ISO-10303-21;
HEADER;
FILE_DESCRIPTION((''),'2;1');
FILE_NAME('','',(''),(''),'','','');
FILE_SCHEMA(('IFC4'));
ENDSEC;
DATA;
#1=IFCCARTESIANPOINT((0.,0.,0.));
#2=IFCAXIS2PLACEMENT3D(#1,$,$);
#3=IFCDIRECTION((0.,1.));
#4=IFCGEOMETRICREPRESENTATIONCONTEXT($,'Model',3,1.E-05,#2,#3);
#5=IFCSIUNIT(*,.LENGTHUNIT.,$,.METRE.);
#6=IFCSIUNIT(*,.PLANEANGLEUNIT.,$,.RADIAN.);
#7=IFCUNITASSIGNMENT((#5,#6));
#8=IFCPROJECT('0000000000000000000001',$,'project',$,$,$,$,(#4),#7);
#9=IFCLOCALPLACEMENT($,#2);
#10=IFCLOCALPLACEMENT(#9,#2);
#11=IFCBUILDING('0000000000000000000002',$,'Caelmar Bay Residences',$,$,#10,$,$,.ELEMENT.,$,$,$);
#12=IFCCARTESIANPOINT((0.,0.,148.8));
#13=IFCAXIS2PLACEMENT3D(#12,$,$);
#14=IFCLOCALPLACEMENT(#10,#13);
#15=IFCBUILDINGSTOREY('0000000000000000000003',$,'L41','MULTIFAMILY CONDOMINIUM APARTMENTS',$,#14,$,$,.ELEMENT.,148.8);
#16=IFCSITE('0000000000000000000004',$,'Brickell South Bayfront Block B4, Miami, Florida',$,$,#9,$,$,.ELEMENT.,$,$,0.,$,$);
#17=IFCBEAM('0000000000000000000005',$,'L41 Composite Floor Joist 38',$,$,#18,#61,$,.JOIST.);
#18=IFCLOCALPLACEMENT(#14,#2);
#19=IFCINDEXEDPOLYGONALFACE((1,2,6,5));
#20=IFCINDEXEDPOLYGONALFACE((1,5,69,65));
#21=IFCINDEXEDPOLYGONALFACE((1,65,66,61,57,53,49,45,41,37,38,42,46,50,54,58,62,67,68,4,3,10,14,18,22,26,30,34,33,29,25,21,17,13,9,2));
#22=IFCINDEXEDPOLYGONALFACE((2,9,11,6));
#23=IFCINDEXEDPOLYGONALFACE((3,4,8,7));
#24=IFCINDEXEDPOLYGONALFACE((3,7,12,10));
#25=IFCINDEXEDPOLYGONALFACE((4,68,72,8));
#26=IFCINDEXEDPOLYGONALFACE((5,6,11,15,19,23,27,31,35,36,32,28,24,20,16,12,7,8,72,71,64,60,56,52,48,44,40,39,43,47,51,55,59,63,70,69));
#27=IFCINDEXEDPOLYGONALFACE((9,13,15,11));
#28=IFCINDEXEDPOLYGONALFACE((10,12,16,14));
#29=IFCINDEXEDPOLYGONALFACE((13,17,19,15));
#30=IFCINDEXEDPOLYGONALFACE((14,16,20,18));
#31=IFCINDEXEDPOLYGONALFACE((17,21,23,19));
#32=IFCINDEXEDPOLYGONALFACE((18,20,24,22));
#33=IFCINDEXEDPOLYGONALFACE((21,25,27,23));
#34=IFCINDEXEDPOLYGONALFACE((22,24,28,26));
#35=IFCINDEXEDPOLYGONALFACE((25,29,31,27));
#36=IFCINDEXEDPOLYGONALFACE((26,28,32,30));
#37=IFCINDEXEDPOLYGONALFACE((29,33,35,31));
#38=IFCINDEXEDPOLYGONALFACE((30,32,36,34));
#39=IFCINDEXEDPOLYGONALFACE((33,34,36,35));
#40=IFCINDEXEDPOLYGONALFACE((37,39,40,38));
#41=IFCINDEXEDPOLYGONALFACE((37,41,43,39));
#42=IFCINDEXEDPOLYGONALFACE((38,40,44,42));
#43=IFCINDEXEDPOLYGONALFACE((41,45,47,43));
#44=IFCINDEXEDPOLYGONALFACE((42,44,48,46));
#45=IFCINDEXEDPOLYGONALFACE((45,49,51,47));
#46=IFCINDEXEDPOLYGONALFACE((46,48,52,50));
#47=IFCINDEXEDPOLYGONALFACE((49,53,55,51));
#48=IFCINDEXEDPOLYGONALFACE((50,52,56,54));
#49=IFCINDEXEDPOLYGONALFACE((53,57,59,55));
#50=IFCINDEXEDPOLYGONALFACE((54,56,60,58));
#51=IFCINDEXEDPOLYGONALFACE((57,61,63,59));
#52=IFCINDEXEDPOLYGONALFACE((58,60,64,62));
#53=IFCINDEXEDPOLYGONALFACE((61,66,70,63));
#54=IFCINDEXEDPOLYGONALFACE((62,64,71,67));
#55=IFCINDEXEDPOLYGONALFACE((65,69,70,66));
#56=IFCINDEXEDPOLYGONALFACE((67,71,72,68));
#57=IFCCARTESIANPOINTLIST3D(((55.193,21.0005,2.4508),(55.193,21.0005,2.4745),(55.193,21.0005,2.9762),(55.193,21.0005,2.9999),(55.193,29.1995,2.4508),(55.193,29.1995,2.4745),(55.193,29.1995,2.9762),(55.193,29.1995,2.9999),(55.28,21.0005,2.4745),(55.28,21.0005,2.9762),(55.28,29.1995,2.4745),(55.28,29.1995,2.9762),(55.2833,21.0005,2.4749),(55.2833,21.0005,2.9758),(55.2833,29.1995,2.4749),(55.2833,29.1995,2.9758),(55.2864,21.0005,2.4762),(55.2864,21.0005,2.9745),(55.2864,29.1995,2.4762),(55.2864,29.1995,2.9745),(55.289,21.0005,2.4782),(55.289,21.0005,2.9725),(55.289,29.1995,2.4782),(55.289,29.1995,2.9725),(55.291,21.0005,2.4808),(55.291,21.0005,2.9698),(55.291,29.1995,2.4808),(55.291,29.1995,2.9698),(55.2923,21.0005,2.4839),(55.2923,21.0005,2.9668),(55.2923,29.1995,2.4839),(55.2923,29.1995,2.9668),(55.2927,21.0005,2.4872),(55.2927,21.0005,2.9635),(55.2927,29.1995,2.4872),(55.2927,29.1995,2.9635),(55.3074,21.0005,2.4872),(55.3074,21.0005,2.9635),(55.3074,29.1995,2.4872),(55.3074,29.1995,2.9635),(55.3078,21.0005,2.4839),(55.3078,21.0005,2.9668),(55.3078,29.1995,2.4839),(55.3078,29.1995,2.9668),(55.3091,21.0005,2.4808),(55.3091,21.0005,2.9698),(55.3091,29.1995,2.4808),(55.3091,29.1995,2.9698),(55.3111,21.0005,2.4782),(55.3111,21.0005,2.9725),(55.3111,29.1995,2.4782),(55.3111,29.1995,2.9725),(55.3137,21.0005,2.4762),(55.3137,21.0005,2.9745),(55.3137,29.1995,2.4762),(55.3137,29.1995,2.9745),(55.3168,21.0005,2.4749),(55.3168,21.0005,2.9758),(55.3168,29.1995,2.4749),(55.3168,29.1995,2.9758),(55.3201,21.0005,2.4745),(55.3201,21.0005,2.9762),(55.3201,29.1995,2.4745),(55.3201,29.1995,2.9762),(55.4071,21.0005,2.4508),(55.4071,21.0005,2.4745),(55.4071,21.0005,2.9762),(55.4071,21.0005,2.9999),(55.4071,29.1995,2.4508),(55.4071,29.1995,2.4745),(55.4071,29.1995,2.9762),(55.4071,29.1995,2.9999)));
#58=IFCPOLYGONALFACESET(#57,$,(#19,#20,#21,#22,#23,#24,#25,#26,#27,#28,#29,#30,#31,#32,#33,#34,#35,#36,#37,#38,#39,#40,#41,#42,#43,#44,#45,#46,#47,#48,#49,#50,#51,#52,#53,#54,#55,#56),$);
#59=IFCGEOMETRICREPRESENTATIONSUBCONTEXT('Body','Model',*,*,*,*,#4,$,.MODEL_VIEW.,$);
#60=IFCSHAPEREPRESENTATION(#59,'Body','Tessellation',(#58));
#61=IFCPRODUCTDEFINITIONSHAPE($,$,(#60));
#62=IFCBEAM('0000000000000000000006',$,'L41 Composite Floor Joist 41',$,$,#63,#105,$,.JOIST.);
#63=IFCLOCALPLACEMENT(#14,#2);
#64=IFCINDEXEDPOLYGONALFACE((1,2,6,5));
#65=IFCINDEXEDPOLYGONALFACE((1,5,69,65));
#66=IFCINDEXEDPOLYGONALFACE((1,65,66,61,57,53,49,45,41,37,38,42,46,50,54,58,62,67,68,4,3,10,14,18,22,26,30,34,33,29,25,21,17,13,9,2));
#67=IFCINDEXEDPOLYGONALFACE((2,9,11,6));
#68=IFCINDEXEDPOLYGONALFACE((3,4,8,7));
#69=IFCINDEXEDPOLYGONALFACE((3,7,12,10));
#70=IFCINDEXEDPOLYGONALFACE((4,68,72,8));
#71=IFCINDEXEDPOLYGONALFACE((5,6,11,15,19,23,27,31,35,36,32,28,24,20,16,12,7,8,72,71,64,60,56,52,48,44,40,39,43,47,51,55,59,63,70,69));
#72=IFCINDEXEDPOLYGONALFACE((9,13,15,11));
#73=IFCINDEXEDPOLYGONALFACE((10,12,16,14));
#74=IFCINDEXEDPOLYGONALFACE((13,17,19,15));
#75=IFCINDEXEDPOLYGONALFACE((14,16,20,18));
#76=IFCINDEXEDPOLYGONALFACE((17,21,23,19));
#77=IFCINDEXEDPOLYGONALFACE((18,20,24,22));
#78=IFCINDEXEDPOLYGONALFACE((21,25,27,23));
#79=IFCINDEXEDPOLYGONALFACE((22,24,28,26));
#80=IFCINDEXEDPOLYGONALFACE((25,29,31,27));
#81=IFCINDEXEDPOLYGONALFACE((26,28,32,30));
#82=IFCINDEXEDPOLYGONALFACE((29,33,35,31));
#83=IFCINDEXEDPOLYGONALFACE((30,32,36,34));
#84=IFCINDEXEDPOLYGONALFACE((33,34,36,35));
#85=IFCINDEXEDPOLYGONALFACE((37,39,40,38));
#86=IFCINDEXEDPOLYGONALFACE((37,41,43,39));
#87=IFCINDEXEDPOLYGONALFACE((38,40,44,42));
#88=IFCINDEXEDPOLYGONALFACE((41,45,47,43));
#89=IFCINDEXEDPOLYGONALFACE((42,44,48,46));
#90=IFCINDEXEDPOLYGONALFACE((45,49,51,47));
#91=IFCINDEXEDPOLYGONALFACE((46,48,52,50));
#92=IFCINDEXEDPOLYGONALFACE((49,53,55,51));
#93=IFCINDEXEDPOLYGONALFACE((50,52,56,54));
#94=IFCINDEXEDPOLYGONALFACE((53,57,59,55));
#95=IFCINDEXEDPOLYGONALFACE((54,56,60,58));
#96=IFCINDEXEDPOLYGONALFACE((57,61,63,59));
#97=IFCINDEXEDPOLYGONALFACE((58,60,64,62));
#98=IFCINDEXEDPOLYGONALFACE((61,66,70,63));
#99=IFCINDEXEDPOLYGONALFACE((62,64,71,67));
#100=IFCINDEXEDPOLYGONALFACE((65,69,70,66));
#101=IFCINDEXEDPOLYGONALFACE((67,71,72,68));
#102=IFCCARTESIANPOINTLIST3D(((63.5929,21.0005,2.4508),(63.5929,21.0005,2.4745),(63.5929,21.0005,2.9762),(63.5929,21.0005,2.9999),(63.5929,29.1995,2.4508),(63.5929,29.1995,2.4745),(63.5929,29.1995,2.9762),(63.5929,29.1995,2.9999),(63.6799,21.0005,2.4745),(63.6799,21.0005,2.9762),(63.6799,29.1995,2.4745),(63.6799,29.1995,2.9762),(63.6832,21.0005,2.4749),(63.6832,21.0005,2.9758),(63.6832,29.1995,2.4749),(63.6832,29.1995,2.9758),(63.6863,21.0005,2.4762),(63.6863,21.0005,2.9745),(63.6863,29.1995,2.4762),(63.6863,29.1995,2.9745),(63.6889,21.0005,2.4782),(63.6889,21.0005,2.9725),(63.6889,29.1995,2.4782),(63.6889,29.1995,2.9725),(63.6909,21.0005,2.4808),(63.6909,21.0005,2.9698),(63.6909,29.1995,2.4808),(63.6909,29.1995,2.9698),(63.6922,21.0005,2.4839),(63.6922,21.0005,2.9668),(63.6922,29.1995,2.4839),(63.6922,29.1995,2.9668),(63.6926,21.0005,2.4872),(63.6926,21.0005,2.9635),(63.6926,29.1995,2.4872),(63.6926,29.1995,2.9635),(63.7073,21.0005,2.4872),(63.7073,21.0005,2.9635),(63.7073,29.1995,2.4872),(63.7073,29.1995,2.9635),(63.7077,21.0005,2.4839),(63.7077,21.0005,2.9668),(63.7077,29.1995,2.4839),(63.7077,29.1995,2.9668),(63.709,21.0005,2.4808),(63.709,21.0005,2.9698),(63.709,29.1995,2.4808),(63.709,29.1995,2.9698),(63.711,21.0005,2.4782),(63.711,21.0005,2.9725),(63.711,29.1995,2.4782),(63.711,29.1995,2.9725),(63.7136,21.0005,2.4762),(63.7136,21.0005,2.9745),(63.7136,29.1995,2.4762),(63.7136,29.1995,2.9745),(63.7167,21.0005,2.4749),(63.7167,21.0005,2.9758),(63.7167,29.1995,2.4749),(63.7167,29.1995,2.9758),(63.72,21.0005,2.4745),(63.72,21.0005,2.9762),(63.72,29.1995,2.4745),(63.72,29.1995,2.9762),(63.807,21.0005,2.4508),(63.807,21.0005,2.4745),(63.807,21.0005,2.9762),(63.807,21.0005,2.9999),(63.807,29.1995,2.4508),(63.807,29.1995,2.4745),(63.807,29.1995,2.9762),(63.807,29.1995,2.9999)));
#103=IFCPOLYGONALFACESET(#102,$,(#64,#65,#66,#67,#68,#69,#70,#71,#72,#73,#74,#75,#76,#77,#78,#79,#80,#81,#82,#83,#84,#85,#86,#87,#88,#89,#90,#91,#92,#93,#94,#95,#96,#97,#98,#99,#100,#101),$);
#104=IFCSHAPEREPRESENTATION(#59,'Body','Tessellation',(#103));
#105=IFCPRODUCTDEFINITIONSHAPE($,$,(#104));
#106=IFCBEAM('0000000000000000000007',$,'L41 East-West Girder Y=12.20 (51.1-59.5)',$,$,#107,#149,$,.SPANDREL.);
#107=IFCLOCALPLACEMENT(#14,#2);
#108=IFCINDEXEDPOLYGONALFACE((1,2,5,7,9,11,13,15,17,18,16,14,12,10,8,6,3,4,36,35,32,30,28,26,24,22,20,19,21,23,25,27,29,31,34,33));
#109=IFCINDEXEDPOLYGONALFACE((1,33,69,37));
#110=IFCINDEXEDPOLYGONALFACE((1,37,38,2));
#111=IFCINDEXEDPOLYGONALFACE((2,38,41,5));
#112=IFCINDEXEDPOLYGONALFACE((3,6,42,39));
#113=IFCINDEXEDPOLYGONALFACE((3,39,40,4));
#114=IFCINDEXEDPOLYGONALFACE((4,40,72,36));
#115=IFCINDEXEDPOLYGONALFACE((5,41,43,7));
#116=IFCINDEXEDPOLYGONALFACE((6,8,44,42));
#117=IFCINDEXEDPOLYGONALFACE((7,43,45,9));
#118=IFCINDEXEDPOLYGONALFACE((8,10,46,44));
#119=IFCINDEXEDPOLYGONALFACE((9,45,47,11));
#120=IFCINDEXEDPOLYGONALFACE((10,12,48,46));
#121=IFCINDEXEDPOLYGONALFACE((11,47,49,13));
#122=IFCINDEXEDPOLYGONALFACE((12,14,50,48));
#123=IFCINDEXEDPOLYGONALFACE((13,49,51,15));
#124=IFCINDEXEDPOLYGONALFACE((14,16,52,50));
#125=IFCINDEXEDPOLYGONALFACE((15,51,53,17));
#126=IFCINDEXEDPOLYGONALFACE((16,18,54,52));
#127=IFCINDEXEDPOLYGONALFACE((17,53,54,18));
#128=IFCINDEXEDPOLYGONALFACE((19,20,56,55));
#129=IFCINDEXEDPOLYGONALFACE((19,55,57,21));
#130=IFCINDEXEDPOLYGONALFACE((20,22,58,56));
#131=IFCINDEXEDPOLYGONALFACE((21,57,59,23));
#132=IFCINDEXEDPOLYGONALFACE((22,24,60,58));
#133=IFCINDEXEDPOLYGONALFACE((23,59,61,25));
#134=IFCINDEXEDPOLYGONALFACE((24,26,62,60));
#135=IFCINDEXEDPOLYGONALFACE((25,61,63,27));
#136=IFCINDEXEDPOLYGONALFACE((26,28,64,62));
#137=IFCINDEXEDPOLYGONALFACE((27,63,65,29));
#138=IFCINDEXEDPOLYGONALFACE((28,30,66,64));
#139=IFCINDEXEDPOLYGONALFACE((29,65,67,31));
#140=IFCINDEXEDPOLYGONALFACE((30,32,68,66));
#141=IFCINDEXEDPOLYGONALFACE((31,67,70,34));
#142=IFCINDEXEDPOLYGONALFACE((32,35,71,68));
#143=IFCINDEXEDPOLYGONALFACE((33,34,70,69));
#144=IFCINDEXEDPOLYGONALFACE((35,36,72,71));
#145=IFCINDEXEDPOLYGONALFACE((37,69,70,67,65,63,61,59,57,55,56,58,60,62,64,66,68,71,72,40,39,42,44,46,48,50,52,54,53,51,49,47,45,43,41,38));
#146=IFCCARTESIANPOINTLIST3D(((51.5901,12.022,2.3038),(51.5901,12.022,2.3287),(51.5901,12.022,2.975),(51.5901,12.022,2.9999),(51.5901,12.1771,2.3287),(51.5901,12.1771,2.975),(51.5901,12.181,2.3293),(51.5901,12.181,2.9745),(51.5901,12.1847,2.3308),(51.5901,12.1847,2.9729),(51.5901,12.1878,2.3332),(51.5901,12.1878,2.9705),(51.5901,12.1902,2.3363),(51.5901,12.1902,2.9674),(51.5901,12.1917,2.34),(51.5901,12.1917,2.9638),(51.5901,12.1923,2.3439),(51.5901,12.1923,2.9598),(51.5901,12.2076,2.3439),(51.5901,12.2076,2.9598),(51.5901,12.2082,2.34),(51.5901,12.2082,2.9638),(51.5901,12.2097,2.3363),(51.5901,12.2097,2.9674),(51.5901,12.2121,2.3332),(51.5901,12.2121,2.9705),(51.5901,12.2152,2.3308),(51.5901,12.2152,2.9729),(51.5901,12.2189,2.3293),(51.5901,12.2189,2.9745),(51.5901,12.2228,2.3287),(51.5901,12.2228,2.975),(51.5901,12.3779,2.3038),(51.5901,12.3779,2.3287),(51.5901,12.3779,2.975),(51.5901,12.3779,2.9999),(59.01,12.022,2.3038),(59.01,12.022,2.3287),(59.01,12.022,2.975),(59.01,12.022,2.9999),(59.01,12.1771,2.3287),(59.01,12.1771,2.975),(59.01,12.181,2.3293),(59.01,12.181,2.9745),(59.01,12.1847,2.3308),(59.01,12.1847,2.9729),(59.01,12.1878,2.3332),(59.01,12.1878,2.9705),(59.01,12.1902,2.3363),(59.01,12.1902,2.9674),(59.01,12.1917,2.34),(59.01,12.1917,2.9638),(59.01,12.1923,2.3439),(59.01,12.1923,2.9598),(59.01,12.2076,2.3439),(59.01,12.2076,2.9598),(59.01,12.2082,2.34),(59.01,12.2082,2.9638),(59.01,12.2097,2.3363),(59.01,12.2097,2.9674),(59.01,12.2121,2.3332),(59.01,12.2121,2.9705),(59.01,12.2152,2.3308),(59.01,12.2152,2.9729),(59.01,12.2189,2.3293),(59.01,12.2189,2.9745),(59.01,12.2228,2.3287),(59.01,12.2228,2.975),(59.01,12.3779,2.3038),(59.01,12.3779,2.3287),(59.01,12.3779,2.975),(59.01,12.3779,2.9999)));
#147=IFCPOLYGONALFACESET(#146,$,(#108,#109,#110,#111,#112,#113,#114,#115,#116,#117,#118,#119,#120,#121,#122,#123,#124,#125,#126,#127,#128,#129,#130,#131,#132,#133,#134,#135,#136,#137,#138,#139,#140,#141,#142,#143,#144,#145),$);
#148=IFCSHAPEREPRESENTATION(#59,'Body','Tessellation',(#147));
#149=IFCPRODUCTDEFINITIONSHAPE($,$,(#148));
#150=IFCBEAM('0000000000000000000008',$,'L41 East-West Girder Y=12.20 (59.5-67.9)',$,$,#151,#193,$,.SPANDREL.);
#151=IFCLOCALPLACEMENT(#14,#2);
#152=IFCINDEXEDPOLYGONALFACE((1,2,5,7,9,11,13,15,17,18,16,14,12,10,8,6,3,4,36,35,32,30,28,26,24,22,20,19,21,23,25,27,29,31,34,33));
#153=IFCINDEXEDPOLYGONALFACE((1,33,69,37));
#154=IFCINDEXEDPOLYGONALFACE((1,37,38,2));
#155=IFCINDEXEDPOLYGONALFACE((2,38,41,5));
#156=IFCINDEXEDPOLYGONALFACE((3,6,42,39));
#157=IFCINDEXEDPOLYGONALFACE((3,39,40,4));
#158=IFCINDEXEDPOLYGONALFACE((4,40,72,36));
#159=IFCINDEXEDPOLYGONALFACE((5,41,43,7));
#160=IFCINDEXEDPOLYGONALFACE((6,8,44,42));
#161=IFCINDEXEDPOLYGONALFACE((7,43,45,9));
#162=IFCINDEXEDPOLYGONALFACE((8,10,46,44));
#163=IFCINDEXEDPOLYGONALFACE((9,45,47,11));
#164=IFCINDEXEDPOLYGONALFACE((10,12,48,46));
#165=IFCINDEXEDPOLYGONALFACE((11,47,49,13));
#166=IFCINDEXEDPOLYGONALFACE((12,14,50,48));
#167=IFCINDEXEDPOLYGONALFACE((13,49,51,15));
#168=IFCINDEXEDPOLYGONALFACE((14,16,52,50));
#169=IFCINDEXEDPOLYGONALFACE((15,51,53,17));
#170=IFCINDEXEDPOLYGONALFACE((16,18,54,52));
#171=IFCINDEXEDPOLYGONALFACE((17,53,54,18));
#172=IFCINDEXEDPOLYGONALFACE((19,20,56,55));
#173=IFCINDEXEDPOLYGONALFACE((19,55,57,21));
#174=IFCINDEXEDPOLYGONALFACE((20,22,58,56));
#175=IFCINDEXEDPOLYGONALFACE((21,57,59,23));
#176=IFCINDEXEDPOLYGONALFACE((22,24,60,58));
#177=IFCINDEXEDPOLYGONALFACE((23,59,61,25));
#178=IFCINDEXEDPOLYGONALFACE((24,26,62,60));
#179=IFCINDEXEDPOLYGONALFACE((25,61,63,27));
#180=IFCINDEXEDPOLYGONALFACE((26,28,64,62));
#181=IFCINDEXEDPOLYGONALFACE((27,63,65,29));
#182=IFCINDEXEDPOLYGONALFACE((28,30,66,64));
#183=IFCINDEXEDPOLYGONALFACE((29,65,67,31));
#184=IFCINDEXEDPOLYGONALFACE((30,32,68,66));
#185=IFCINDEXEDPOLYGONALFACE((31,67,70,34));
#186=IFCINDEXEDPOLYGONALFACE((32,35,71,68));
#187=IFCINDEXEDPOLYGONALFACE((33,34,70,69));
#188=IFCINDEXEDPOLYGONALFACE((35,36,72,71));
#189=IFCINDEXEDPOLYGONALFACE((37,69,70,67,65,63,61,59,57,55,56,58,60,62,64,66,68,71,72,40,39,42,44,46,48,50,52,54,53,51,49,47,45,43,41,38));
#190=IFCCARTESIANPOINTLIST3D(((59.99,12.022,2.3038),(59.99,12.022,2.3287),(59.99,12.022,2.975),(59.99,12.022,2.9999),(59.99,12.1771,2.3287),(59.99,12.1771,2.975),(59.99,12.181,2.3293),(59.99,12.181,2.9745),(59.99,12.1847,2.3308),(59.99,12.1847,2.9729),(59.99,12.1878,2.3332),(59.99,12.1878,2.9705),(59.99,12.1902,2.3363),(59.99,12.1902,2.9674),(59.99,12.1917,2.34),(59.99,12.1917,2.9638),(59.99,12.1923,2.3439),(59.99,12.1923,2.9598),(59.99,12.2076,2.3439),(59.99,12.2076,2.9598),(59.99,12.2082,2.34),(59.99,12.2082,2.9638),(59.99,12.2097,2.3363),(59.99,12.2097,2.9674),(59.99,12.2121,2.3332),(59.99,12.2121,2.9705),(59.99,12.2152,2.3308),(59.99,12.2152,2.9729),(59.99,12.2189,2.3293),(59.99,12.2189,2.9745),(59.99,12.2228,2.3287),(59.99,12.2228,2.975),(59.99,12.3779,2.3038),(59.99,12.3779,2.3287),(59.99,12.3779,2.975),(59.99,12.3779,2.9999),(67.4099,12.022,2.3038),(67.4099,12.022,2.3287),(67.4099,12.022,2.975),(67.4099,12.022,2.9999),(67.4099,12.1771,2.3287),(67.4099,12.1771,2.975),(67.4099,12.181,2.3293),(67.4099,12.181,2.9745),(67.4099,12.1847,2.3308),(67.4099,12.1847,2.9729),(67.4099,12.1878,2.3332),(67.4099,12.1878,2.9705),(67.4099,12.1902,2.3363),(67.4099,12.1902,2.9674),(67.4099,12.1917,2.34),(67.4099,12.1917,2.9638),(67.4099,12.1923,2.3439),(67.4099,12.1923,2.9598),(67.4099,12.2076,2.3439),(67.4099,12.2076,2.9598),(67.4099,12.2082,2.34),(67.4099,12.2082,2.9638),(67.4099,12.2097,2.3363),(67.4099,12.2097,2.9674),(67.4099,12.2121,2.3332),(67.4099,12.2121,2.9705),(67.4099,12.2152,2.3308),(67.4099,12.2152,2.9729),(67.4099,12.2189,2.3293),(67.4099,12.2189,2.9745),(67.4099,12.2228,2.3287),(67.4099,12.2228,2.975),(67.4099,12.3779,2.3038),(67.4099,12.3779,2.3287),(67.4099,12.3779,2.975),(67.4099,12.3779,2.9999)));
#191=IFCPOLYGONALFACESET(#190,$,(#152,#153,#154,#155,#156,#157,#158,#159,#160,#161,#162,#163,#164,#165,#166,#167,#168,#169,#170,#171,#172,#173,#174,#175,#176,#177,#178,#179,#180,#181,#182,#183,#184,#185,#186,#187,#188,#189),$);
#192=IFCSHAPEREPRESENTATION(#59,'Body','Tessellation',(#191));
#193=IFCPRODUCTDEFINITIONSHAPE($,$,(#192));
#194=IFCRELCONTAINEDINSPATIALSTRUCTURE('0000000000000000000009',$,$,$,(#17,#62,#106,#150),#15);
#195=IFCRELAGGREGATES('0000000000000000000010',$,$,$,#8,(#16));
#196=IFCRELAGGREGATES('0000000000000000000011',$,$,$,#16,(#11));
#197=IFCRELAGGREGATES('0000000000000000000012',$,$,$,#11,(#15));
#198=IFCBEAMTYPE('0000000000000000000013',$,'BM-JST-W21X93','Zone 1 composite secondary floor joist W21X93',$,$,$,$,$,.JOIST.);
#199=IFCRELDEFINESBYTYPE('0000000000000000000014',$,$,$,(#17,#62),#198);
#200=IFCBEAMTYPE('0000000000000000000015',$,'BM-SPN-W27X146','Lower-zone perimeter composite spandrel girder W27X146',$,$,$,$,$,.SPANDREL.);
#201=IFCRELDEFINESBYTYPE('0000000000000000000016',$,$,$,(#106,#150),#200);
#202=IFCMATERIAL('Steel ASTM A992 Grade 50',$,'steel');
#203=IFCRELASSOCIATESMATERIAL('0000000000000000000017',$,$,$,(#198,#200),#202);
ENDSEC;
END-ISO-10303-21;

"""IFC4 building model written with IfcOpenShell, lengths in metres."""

from ifc_helpers import new_model, si_unit, direction, frame, origin, origin_2d, place, context, subcontext, project, spatial, i_section, extrude, material, material_profile, profile_set, type_object, element, save


model = new_model("IFC4")

# Units and contexts
model_context = context("Model", 3, precision=1e-05, world=origin(), true_north=direction((0.0, 1.0)))
body_context = subcontext(model_context, "Body", "Model", "MODEL_VIEW")
ifc_project = project(units=[si_unit("LENGTHUNIT", "METRE"), si_unit("PLANEANGLEUNIT", "RADIAN")], contexts=[model_context])

# Site, building, storey
site_placement = place(None, origin())
site = spatial("IfcSite", under=ifc_project, at=site_placement, Name="Brickell South Bayfront Block B4, Miami, Florida", CompositionType="ELEMENT", RefElevation=0.0)
building_placement = place(site_placement, origin())
building = spatial("IfcBuilding", under=site, at=building_placement, Name="Caelmar Bay Residences", CompositionType="ELEMENT")
storey_placement = place(building_placement, frame((0.0, 0.0, 148.8)))
storey = spatial("IfcBuildingStorey", under=building, at=storey_placement, Name="L41", Description="MULTIFAMILY CONDOMINIUM APARTMENTS", CompositionType="ELEMENT", Elevation=148.8)

# Beams
ifc_material_1 = material(Name="Steel ASTM A992 Grade 50", Category="steel")
ifc_material_profile_1 = material_profile(ifc_material_1, i_section(OverallWidth=0.2141, OverallDepth=0.5491, WebThickness=0.0146, FlangeThickness=0.0237, FilletRadius=0.0127, at=origin_2d()), Name="W21X93")
ifc_profile_set_1 = profile_set([ifc_material_profile_1], Name="Steel ASTM A992 Grade 50")
beam_type_1 = type_object("IfcBeamType", Name="BM-JST-W21X93", Description="Zone 1 composite secondary floor joist W21X93", PredefinedType="JOIST", material=ifc_profile_set_1)
for number, where, z_axis, x_axis, name in (
    (1, (55.3, 21.0005, 2.7253), (0.0, 1.0, 0.0), (-1.0, 0.0, 0.0), "L41 Composite Floor Joist 38"),
    (2, (63.7, 21.0005, 2.7253), (0.0, 1.0, 0.0), (-1.0, 0.0, 0.0), "L41 Composite Floor Joist 41"),
):
    element("IfcBeam", number, at=place(storey_placement, frame(where, z_axis=z_axis, x_axis=x_axis)), inside=storey, type_object=beam_type_1, Name=name, PredefinedType="JOIST", context=body_context, shape_type="SweptSolid", body=[
        extrude(i_section(OverallWidth=0.2141, OverallDepth=0.5491, WebThickness=0.0146, FlangeThickness=0.0237, FilletRadius=0.0127, at=origin_2d()), origin(), (0.0, 0.0, 1.0), 8.199),
    ])
ifc_material_profile_2 = material_profile(ifc_material_1, i_section(OverallWidth=0.356, OverallDepth=0.696, WebThickness=0.0154, FlangeThickness=0.0249, FilletRadius=0.0151, at=origin_2d()), Name="W27X146")
ifc_profile_set_2 = profile_set([ifc_material_profile_2], Name="Steel ASTM A992 Grade 50")
beam_type_2 = type_object("IfcBeamType", Name="BM-SPN-W27X146", Description="Lower-zone perimeter composite spandrel girder W27X146", PredefinedType="SPANDREL", material=ifc_profile_set_2)
for number, where, z_axis, x_axis, name in (
    (3, (51.5901, 12.2, 2.6519), (1.0, 0.0, 0.0), (0.0, 1.0, 0.0), "L41 East-West Girder Y=12.20 (51.1-59.5)"),
    (4, (59.99, 12.2, 2.6519), (1.0, 0.0, 0.0), (0.0, 1.0, 0.0), "L41 East-West Girder Y=12.20 (59.5-67.9)"),
):
    element("IfcBeam", number, at=place(storey_placement, frame(where, z_axis=z_axis, x_axis=x_axis)), inside=storey, type_object=beam_type_2, Name=name, PredefinedType="SPANDREL", context=body_context, shape_type="SweptSolid", body=[
        extrude(i_section(OverallWidth=0.356, OverallDepth=0.696, WebThickness=0.0154, FlangeThickness=0.0249, FilletRadius=0.0151, at=origin_2d()), origin(), (0.0, 0.0, 1.0), 7.4199),
    ])

save(model, "model.ifc")
